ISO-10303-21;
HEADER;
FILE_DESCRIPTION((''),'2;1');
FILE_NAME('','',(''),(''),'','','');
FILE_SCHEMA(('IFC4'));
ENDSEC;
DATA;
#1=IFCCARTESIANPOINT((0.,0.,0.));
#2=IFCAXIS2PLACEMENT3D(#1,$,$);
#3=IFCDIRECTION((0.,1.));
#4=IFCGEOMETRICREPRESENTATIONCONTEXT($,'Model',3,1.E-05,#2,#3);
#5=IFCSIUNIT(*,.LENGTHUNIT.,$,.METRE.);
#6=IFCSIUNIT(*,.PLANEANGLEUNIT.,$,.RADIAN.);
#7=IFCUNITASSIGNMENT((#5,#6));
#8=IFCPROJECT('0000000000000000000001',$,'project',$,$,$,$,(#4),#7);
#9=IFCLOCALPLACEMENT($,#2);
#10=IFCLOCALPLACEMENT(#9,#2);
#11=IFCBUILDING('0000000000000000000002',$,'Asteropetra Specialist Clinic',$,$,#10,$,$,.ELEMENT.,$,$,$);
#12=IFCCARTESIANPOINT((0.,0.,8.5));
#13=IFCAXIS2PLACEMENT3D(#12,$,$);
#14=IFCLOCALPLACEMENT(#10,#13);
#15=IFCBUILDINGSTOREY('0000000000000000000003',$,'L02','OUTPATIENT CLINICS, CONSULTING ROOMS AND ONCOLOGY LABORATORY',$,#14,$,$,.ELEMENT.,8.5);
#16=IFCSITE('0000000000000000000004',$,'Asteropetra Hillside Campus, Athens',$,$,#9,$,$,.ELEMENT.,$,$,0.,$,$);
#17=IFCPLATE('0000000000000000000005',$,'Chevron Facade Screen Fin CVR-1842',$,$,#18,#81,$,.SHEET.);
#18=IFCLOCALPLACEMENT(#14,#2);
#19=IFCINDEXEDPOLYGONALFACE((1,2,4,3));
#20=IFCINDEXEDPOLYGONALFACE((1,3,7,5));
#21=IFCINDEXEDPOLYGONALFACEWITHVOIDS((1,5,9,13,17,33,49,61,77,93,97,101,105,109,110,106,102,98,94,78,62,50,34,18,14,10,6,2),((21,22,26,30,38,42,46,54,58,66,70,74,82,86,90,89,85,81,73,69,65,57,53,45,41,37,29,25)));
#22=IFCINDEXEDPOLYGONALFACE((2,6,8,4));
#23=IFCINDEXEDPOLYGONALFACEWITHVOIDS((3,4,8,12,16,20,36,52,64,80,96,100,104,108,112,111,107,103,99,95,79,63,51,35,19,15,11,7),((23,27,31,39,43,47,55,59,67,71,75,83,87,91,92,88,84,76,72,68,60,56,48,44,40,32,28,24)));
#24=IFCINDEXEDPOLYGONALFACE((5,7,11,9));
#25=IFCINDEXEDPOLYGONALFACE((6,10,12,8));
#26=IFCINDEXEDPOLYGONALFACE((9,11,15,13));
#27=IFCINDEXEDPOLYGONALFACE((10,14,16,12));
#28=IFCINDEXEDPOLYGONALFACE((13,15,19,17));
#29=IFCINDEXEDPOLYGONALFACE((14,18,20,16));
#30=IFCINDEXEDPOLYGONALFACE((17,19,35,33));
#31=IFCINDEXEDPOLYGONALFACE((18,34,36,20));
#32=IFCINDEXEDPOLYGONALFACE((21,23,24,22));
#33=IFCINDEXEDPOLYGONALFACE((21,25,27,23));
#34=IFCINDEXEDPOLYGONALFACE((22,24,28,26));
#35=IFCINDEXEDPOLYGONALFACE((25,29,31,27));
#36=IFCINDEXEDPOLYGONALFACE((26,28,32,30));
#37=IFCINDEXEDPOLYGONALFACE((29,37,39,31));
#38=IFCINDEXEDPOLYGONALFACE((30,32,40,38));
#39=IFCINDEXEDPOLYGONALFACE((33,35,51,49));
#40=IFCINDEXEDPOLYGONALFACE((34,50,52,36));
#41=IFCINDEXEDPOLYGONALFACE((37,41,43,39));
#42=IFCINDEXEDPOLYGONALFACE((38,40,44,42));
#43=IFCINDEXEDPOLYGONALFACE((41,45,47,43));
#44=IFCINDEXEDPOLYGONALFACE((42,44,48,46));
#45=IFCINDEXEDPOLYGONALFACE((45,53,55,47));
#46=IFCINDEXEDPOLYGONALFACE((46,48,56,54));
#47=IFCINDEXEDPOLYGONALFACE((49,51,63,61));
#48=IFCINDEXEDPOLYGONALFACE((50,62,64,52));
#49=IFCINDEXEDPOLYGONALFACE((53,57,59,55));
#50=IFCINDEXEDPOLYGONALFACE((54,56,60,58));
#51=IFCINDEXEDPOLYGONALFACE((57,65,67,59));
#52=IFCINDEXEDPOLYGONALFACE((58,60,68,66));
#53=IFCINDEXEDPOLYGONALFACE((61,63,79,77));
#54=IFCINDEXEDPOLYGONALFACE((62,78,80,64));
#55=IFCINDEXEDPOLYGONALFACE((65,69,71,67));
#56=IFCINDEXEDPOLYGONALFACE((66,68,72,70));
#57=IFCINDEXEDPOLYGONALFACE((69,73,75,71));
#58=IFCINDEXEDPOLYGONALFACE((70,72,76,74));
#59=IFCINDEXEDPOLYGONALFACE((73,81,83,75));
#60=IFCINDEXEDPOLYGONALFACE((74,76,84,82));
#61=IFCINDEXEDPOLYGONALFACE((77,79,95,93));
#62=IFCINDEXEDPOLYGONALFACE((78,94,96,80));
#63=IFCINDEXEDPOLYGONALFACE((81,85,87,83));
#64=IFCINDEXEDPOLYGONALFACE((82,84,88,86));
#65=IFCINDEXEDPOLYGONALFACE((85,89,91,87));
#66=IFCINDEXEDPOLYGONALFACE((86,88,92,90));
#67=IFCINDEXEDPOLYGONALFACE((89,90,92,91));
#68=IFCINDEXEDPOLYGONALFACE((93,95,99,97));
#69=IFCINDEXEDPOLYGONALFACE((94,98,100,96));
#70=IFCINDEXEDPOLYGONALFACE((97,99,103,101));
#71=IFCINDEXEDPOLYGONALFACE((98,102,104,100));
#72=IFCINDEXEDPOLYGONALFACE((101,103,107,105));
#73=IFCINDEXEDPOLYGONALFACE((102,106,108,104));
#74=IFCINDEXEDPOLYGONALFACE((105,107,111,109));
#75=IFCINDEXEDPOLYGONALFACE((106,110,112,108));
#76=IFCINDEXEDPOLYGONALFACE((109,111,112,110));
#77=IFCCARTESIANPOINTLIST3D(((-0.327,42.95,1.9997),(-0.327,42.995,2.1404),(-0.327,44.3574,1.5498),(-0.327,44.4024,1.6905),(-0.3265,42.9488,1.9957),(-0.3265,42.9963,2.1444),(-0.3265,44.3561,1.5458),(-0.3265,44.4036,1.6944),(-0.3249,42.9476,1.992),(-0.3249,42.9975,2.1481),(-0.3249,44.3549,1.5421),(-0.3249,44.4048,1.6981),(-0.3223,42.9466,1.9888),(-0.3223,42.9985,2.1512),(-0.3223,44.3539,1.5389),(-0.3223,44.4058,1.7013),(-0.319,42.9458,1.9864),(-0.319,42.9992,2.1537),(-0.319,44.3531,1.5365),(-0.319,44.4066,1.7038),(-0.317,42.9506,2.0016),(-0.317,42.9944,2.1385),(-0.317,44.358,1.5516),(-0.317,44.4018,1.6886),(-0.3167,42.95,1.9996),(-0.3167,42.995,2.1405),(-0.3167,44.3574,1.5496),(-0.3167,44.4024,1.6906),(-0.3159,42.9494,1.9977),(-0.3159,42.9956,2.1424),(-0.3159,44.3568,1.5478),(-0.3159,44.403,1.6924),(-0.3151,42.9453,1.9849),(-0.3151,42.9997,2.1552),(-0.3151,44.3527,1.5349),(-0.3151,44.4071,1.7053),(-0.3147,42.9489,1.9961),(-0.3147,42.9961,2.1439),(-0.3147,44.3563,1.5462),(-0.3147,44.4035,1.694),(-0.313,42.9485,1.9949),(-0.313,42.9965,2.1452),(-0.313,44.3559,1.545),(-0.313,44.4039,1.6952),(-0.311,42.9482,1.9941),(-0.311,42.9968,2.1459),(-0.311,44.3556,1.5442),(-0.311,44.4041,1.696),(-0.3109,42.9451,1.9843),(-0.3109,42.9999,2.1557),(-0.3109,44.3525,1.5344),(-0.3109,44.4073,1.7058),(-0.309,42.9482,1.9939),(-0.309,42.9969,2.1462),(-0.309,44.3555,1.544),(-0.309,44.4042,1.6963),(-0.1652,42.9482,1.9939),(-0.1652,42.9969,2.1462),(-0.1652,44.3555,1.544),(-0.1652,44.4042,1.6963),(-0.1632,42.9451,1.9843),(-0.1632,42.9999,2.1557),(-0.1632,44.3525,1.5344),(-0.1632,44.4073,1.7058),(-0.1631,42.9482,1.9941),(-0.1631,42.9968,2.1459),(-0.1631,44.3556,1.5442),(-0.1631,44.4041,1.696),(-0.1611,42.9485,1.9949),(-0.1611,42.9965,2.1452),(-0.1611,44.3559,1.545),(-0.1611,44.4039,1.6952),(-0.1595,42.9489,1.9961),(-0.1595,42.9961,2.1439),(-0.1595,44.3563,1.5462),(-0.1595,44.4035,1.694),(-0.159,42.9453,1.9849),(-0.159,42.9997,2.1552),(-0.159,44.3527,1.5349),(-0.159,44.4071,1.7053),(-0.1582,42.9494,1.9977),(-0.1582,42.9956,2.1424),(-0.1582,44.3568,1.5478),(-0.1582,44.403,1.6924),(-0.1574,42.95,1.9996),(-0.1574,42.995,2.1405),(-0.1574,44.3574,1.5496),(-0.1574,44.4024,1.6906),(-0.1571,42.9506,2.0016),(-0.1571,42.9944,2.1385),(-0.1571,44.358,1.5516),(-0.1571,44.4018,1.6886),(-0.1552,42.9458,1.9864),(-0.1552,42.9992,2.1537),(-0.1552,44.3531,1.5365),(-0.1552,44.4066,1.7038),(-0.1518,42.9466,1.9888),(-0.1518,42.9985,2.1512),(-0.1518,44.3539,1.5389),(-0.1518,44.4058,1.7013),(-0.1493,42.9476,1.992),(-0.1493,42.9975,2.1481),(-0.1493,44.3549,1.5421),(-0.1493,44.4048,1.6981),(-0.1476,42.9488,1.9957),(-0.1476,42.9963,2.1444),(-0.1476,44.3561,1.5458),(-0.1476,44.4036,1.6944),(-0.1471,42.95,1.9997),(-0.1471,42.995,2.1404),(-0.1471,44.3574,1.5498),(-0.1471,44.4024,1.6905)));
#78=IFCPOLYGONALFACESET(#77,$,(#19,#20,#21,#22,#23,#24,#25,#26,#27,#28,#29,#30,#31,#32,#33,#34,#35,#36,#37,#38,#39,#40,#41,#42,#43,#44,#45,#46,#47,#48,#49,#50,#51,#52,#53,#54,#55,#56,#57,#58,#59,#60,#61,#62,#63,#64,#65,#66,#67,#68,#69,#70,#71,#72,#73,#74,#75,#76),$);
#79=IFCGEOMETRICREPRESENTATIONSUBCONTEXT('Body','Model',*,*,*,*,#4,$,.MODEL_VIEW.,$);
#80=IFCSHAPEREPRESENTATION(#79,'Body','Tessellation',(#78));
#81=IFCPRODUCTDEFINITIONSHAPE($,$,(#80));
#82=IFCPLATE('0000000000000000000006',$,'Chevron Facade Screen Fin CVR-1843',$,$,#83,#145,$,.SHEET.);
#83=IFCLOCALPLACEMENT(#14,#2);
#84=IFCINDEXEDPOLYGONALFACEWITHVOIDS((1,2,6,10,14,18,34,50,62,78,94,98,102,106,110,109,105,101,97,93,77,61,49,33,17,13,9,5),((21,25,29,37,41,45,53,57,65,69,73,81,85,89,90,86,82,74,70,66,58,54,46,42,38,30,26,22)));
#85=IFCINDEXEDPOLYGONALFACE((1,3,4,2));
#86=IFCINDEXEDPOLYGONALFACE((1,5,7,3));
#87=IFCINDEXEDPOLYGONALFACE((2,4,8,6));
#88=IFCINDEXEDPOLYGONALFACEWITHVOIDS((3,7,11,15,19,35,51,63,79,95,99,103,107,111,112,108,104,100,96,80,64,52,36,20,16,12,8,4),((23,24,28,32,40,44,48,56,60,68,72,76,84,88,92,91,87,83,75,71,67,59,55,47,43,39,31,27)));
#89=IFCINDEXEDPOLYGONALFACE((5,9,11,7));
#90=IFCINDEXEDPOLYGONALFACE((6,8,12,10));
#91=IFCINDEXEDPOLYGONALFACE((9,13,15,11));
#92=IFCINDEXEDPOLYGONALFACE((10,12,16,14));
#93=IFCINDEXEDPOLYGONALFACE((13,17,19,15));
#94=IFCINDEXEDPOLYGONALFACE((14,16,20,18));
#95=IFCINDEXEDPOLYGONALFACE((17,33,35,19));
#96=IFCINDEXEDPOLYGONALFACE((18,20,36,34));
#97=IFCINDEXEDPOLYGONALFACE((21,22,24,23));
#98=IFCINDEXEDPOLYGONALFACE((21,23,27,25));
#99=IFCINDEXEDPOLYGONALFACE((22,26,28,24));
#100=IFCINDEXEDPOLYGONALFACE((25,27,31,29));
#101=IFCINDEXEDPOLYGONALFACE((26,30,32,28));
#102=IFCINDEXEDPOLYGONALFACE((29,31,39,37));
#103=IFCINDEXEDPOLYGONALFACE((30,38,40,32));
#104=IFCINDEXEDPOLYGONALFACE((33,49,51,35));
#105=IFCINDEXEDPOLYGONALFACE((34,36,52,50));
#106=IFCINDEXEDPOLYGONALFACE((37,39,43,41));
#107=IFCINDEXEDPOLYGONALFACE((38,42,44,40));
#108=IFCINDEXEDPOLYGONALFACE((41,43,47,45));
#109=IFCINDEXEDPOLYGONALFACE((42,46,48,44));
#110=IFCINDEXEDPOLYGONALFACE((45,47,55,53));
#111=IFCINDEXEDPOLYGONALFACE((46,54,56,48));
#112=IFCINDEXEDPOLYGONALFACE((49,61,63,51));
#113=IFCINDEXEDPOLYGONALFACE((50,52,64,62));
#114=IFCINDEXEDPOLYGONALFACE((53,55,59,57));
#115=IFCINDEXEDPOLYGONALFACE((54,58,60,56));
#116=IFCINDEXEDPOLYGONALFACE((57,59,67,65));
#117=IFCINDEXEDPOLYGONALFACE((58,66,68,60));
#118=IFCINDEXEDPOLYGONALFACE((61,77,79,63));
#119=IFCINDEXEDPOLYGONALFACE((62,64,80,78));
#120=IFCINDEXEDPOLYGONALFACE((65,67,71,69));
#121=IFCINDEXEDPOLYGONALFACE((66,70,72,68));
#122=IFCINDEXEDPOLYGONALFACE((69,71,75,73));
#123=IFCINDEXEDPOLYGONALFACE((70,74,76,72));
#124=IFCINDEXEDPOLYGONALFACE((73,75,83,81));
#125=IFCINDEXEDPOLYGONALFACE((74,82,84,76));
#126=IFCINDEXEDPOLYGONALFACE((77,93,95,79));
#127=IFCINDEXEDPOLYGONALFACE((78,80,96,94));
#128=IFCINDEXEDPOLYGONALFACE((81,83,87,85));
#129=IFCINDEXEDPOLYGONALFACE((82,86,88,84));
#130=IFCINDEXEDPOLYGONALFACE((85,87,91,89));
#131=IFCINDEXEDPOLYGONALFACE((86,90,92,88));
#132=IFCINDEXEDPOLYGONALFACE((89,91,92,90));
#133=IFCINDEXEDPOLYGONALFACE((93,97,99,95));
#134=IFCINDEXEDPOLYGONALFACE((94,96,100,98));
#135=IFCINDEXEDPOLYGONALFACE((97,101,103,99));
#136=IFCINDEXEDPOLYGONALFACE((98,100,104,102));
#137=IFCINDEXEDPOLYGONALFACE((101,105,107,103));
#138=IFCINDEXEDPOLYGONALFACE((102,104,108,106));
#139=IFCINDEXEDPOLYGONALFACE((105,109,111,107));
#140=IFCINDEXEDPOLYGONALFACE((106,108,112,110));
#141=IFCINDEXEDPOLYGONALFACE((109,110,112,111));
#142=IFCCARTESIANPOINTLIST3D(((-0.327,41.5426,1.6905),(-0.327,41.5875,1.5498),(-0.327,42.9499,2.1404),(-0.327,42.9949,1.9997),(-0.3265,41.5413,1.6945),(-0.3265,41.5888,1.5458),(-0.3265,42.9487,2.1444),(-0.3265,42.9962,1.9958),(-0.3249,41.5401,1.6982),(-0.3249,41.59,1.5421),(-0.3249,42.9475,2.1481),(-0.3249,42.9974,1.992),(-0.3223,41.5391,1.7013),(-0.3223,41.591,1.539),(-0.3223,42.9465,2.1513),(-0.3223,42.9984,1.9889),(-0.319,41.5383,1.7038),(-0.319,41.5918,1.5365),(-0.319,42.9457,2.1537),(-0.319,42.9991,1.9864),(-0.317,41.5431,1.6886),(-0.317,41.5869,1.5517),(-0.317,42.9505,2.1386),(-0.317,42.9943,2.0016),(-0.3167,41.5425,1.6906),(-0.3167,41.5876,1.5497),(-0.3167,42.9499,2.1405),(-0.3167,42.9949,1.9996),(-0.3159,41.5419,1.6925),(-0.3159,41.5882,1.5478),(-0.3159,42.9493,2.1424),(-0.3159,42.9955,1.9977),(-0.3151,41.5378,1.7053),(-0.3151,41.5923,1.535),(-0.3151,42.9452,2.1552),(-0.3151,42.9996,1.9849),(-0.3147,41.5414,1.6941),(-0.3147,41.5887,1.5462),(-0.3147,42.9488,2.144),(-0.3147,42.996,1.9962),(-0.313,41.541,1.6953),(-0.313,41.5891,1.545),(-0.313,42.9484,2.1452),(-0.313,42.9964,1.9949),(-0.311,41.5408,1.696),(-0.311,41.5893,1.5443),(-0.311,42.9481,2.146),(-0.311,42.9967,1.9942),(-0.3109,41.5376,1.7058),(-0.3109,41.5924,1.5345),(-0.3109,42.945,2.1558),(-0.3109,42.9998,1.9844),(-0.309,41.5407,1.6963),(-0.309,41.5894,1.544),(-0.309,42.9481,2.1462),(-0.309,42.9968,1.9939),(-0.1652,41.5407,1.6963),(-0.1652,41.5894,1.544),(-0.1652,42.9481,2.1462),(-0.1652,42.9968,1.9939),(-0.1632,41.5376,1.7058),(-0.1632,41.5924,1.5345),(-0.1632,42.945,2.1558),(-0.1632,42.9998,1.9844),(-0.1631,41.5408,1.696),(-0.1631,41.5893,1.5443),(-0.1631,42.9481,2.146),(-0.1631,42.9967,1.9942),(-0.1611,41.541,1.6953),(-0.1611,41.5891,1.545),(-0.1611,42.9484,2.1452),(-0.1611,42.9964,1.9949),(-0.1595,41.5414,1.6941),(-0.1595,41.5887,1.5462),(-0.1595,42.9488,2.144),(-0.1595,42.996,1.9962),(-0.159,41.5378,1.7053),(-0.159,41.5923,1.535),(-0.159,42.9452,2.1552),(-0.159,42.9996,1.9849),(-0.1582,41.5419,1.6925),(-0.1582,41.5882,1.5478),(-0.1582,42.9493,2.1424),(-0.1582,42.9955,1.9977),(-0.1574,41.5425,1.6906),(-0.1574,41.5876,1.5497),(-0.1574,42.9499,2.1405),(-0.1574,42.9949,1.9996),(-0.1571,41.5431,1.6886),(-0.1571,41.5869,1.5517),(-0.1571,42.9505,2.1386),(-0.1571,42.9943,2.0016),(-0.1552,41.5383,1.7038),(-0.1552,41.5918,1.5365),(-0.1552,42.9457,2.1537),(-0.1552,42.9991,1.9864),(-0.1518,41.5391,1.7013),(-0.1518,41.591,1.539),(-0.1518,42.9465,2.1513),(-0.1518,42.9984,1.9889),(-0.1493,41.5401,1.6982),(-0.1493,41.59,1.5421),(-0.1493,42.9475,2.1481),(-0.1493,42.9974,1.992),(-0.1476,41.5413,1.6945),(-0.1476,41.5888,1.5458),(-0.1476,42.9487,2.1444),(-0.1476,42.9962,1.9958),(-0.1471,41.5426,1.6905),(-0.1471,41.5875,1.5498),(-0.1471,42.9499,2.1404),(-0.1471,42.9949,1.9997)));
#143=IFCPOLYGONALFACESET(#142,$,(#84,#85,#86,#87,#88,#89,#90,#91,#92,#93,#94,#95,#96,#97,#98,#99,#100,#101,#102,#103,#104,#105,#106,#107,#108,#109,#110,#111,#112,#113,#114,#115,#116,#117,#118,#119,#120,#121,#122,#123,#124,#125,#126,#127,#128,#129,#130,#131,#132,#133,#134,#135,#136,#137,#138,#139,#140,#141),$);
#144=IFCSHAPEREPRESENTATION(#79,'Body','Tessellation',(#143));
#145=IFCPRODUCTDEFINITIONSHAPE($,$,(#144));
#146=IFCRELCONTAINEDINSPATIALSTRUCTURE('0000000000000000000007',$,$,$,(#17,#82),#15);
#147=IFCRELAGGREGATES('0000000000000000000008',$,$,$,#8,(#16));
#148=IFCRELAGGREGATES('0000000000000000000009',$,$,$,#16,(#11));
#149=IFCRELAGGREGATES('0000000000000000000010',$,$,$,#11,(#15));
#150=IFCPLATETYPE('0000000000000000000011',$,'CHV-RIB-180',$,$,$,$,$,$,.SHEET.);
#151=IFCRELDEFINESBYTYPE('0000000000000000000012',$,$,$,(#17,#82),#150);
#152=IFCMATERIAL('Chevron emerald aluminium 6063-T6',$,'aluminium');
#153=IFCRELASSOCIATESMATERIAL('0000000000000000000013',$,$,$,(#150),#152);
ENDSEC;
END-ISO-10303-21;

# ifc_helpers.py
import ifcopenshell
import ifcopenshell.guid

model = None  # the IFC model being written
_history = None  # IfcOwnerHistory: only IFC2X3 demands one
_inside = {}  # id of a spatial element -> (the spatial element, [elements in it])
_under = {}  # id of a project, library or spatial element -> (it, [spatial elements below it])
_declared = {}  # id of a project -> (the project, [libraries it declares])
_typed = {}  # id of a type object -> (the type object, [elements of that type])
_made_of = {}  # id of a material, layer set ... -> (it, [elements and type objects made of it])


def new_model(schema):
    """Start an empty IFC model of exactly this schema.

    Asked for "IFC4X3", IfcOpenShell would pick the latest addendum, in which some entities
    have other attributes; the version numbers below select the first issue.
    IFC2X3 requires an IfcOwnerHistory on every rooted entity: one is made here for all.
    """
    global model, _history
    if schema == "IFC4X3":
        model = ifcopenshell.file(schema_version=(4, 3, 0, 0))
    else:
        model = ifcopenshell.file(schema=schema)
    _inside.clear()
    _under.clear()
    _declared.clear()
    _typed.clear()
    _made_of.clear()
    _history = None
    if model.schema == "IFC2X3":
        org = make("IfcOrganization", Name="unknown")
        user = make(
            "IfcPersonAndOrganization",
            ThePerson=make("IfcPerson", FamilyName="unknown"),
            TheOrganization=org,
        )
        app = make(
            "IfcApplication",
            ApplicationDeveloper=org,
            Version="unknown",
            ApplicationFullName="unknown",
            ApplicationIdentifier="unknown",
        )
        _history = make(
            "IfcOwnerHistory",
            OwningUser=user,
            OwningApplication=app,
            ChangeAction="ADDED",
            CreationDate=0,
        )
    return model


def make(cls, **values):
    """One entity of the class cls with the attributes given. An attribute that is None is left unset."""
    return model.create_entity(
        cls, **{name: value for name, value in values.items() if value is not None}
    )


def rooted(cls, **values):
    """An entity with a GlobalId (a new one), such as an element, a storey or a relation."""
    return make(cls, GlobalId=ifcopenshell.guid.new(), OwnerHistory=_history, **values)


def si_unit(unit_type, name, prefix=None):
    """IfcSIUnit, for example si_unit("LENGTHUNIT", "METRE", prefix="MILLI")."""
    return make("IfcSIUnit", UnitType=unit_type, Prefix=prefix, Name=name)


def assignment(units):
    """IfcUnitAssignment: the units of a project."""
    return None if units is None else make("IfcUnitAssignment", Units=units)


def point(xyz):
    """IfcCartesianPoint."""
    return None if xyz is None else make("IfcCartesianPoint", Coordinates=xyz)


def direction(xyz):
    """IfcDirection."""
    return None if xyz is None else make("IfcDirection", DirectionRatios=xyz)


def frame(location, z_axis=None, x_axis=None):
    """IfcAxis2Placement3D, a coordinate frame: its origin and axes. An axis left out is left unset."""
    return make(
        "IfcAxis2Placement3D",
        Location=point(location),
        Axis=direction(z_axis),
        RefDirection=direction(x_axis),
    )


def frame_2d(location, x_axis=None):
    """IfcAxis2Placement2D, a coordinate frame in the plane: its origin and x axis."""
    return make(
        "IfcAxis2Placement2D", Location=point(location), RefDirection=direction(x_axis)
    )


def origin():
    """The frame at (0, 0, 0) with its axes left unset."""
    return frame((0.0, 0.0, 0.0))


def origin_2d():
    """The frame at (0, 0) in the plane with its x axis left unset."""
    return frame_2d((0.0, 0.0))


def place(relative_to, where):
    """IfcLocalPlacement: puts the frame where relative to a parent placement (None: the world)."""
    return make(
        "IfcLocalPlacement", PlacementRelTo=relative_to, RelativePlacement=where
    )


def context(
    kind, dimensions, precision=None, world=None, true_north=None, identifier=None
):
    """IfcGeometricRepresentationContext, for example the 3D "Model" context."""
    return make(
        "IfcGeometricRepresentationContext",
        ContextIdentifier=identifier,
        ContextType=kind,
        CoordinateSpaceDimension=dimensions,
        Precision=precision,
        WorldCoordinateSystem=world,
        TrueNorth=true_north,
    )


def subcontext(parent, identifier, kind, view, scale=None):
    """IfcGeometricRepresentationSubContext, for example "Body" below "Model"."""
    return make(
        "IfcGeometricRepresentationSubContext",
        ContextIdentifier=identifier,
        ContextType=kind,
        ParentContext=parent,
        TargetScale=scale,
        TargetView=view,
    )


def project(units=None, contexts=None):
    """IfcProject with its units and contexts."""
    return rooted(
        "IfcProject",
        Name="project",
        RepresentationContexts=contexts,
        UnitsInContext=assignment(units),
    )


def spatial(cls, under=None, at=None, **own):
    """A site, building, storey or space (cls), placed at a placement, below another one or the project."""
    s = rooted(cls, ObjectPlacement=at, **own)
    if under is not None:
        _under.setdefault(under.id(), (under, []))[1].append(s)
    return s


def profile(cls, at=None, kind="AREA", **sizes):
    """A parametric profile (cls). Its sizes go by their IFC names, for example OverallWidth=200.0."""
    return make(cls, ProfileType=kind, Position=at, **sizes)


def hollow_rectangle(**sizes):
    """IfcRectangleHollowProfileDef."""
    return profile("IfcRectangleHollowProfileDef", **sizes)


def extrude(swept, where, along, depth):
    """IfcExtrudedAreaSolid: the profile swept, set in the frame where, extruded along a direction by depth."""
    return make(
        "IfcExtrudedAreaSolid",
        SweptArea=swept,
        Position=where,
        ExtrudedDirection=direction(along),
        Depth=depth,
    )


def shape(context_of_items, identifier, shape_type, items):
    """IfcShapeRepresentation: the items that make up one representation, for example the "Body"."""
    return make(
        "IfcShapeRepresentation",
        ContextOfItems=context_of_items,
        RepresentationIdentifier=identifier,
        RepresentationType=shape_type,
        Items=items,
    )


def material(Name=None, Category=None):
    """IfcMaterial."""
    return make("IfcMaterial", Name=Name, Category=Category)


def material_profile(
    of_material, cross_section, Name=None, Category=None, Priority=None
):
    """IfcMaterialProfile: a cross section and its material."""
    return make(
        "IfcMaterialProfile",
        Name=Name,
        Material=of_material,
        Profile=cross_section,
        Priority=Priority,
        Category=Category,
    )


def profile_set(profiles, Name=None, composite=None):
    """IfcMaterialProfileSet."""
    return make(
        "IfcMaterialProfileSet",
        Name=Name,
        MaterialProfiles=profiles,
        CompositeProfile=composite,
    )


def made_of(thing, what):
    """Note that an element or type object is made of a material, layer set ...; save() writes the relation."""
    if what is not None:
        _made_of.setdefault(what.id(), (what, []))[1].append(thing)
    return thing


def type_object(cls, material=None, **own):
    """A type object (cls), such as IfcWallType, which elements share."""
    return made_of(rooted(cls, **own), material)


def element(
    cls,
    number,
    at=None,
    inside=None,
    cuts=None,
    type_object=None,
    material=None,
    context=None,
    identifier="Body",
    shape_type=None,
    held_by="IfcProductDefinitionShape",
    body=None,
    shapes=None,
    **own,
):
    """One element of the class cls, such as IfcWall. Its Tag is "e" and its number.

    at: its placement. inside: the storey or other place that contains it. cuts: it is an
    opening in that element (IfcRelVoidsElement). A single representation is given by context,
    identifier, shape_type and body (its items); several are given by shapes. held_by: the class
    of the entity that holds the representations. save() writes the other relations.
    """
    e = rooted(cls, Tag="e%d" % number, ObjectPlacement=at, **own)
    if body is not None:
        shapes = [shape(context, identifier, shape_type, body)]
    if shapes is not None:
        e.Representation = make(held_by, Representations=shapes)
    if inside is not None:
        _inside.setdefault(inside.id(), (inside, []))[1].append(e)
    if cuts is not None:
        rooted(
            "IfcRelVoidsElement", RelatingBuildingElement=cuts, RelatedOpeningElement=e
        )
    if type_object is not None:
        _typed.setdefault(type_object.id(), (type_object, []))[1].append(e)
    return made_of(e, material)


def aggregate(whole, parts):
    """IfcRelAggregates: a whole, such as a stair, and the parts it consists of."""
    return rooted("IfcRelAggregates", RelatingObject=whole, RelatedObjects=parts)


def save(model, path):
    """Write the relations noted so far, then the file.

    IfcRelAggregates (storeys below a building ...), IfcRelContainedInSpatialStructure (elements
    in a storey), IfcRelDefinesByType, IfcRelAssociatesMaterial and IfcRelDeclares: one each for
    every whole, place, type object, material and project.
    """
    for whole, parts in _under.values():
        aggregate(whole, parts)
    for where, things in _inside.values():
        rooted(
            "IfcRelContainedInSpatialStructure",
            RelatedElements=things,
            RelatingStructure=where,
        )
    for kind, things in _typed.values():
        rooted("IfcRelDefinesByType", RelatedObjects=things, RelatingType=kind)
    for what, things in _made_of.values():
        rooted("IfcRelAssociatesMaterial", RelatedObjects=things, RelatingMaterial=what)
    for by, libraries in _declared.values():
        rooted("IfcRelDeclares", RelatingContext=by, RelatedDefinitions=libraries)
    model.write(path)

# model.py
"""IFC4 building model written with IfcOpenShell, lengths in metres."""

from ifc_helpers import new_model, si_unit, direction, frame, origin, origin_2d, place, context, subcontext, project, spatial, hollow_rectangle, extrude, material, material_profile, profile_set, type_object, element, save


model = new_model("IFC4")

# Units and contexts
model_context = context("Model", 3, precision=1e-05, world=origin(), true_north=direction((0.0, 1.0)))
body_context = subcontext(model_context, "Body", "Model", "MODEL_VIEW")
ifc_project = project(units=[si_unit("LENGTHUNIT", "METRE"), si_unit("PLANEANGLEUNIT", "RADIAN")], contexts=[model_context])

# Site, building, storey
site_placement = place(None, origin())
site = spatial("IfcSite", under=ifc_project, at=site_placement, Name="Asteropetra Hillside Campus, Athens", CompositionType="ELEMENT", RefElevation=0.0)
building_placement = place(site_placement, origin())
building = spatial("IfcBuilding", under=site, at=building_placement, Name="Asteropetra Specialist Clinic", CompositionType="ELEMENT")
storey_placement = place(building_placement, frame((0.0, 0.0, 8.5)))
storey = spatial("IfcBuildingStorey", under=building, at=storey_placement, Name="L02", Description="OUTPATIENT CLINICS, CONSULTING ROOMS AND ONCOLOGY LABORATORY", CompositionType="ELEMENT", Elevation=8.5)

# Plates
ifc_material_1 = material(Name="Chevron emerald aluminium 6063-T6", Category="aluminium")
ifc_material_profile = material_profile(ifc_material_1, hollow_rectangle(XDim=0.1799, YDim=0.1799, WallThickness=0.01, InnerFilletRadius=0.0081, OuterFilletRadius=0.0161, at=origin_2d()), Name="SHS 180x180x10.0")
ifc_profile_set = profile_set([ifc_material_profile], Name="Chevron emerald aluminium 6063-T6")
plate_type_1 = type_object("IfcPlateType", Name="CHV-RIB-180", PredefinedType="SHEET", material=ifc_profile_set)
for number, where, z_axis, x_axis, name in (
    (1, (-0.2371, 44.3799, 1.6201), (0.0, -0.95251, 0.304506), (1.0, 0.0, 0.0), "Chevron Facade Screen Fin CVR-1842"),
    (2, (-0.2371, 42.9724, 2.0701), (0.0, -0.95251, -0.304506), (1.0, 0.0, 0.0), "Chevron Facade Screen Fin CVR-1843"),
):
    element("IfcPlate", number, at=place(storey_placement, frame(where, z_axis=z_axis, x_axis=x_axis)), inside=storey, type_object=plate_type_1, Name=name, PredefinedType="SHEET", context=body_context, shape_type="SweptSolid", body=[
        extrude(hollow_rectangle(XDim=0.1799, YDim=0.1799, WallThickness=0.01, InnerFilletRadius=0.0081, OuterFilletRadius=0.0161, at=origin_2d()), origin(), (0.0, 0.0, 1.0), 1.4775),
    ])

save(model, "model.ifc")
